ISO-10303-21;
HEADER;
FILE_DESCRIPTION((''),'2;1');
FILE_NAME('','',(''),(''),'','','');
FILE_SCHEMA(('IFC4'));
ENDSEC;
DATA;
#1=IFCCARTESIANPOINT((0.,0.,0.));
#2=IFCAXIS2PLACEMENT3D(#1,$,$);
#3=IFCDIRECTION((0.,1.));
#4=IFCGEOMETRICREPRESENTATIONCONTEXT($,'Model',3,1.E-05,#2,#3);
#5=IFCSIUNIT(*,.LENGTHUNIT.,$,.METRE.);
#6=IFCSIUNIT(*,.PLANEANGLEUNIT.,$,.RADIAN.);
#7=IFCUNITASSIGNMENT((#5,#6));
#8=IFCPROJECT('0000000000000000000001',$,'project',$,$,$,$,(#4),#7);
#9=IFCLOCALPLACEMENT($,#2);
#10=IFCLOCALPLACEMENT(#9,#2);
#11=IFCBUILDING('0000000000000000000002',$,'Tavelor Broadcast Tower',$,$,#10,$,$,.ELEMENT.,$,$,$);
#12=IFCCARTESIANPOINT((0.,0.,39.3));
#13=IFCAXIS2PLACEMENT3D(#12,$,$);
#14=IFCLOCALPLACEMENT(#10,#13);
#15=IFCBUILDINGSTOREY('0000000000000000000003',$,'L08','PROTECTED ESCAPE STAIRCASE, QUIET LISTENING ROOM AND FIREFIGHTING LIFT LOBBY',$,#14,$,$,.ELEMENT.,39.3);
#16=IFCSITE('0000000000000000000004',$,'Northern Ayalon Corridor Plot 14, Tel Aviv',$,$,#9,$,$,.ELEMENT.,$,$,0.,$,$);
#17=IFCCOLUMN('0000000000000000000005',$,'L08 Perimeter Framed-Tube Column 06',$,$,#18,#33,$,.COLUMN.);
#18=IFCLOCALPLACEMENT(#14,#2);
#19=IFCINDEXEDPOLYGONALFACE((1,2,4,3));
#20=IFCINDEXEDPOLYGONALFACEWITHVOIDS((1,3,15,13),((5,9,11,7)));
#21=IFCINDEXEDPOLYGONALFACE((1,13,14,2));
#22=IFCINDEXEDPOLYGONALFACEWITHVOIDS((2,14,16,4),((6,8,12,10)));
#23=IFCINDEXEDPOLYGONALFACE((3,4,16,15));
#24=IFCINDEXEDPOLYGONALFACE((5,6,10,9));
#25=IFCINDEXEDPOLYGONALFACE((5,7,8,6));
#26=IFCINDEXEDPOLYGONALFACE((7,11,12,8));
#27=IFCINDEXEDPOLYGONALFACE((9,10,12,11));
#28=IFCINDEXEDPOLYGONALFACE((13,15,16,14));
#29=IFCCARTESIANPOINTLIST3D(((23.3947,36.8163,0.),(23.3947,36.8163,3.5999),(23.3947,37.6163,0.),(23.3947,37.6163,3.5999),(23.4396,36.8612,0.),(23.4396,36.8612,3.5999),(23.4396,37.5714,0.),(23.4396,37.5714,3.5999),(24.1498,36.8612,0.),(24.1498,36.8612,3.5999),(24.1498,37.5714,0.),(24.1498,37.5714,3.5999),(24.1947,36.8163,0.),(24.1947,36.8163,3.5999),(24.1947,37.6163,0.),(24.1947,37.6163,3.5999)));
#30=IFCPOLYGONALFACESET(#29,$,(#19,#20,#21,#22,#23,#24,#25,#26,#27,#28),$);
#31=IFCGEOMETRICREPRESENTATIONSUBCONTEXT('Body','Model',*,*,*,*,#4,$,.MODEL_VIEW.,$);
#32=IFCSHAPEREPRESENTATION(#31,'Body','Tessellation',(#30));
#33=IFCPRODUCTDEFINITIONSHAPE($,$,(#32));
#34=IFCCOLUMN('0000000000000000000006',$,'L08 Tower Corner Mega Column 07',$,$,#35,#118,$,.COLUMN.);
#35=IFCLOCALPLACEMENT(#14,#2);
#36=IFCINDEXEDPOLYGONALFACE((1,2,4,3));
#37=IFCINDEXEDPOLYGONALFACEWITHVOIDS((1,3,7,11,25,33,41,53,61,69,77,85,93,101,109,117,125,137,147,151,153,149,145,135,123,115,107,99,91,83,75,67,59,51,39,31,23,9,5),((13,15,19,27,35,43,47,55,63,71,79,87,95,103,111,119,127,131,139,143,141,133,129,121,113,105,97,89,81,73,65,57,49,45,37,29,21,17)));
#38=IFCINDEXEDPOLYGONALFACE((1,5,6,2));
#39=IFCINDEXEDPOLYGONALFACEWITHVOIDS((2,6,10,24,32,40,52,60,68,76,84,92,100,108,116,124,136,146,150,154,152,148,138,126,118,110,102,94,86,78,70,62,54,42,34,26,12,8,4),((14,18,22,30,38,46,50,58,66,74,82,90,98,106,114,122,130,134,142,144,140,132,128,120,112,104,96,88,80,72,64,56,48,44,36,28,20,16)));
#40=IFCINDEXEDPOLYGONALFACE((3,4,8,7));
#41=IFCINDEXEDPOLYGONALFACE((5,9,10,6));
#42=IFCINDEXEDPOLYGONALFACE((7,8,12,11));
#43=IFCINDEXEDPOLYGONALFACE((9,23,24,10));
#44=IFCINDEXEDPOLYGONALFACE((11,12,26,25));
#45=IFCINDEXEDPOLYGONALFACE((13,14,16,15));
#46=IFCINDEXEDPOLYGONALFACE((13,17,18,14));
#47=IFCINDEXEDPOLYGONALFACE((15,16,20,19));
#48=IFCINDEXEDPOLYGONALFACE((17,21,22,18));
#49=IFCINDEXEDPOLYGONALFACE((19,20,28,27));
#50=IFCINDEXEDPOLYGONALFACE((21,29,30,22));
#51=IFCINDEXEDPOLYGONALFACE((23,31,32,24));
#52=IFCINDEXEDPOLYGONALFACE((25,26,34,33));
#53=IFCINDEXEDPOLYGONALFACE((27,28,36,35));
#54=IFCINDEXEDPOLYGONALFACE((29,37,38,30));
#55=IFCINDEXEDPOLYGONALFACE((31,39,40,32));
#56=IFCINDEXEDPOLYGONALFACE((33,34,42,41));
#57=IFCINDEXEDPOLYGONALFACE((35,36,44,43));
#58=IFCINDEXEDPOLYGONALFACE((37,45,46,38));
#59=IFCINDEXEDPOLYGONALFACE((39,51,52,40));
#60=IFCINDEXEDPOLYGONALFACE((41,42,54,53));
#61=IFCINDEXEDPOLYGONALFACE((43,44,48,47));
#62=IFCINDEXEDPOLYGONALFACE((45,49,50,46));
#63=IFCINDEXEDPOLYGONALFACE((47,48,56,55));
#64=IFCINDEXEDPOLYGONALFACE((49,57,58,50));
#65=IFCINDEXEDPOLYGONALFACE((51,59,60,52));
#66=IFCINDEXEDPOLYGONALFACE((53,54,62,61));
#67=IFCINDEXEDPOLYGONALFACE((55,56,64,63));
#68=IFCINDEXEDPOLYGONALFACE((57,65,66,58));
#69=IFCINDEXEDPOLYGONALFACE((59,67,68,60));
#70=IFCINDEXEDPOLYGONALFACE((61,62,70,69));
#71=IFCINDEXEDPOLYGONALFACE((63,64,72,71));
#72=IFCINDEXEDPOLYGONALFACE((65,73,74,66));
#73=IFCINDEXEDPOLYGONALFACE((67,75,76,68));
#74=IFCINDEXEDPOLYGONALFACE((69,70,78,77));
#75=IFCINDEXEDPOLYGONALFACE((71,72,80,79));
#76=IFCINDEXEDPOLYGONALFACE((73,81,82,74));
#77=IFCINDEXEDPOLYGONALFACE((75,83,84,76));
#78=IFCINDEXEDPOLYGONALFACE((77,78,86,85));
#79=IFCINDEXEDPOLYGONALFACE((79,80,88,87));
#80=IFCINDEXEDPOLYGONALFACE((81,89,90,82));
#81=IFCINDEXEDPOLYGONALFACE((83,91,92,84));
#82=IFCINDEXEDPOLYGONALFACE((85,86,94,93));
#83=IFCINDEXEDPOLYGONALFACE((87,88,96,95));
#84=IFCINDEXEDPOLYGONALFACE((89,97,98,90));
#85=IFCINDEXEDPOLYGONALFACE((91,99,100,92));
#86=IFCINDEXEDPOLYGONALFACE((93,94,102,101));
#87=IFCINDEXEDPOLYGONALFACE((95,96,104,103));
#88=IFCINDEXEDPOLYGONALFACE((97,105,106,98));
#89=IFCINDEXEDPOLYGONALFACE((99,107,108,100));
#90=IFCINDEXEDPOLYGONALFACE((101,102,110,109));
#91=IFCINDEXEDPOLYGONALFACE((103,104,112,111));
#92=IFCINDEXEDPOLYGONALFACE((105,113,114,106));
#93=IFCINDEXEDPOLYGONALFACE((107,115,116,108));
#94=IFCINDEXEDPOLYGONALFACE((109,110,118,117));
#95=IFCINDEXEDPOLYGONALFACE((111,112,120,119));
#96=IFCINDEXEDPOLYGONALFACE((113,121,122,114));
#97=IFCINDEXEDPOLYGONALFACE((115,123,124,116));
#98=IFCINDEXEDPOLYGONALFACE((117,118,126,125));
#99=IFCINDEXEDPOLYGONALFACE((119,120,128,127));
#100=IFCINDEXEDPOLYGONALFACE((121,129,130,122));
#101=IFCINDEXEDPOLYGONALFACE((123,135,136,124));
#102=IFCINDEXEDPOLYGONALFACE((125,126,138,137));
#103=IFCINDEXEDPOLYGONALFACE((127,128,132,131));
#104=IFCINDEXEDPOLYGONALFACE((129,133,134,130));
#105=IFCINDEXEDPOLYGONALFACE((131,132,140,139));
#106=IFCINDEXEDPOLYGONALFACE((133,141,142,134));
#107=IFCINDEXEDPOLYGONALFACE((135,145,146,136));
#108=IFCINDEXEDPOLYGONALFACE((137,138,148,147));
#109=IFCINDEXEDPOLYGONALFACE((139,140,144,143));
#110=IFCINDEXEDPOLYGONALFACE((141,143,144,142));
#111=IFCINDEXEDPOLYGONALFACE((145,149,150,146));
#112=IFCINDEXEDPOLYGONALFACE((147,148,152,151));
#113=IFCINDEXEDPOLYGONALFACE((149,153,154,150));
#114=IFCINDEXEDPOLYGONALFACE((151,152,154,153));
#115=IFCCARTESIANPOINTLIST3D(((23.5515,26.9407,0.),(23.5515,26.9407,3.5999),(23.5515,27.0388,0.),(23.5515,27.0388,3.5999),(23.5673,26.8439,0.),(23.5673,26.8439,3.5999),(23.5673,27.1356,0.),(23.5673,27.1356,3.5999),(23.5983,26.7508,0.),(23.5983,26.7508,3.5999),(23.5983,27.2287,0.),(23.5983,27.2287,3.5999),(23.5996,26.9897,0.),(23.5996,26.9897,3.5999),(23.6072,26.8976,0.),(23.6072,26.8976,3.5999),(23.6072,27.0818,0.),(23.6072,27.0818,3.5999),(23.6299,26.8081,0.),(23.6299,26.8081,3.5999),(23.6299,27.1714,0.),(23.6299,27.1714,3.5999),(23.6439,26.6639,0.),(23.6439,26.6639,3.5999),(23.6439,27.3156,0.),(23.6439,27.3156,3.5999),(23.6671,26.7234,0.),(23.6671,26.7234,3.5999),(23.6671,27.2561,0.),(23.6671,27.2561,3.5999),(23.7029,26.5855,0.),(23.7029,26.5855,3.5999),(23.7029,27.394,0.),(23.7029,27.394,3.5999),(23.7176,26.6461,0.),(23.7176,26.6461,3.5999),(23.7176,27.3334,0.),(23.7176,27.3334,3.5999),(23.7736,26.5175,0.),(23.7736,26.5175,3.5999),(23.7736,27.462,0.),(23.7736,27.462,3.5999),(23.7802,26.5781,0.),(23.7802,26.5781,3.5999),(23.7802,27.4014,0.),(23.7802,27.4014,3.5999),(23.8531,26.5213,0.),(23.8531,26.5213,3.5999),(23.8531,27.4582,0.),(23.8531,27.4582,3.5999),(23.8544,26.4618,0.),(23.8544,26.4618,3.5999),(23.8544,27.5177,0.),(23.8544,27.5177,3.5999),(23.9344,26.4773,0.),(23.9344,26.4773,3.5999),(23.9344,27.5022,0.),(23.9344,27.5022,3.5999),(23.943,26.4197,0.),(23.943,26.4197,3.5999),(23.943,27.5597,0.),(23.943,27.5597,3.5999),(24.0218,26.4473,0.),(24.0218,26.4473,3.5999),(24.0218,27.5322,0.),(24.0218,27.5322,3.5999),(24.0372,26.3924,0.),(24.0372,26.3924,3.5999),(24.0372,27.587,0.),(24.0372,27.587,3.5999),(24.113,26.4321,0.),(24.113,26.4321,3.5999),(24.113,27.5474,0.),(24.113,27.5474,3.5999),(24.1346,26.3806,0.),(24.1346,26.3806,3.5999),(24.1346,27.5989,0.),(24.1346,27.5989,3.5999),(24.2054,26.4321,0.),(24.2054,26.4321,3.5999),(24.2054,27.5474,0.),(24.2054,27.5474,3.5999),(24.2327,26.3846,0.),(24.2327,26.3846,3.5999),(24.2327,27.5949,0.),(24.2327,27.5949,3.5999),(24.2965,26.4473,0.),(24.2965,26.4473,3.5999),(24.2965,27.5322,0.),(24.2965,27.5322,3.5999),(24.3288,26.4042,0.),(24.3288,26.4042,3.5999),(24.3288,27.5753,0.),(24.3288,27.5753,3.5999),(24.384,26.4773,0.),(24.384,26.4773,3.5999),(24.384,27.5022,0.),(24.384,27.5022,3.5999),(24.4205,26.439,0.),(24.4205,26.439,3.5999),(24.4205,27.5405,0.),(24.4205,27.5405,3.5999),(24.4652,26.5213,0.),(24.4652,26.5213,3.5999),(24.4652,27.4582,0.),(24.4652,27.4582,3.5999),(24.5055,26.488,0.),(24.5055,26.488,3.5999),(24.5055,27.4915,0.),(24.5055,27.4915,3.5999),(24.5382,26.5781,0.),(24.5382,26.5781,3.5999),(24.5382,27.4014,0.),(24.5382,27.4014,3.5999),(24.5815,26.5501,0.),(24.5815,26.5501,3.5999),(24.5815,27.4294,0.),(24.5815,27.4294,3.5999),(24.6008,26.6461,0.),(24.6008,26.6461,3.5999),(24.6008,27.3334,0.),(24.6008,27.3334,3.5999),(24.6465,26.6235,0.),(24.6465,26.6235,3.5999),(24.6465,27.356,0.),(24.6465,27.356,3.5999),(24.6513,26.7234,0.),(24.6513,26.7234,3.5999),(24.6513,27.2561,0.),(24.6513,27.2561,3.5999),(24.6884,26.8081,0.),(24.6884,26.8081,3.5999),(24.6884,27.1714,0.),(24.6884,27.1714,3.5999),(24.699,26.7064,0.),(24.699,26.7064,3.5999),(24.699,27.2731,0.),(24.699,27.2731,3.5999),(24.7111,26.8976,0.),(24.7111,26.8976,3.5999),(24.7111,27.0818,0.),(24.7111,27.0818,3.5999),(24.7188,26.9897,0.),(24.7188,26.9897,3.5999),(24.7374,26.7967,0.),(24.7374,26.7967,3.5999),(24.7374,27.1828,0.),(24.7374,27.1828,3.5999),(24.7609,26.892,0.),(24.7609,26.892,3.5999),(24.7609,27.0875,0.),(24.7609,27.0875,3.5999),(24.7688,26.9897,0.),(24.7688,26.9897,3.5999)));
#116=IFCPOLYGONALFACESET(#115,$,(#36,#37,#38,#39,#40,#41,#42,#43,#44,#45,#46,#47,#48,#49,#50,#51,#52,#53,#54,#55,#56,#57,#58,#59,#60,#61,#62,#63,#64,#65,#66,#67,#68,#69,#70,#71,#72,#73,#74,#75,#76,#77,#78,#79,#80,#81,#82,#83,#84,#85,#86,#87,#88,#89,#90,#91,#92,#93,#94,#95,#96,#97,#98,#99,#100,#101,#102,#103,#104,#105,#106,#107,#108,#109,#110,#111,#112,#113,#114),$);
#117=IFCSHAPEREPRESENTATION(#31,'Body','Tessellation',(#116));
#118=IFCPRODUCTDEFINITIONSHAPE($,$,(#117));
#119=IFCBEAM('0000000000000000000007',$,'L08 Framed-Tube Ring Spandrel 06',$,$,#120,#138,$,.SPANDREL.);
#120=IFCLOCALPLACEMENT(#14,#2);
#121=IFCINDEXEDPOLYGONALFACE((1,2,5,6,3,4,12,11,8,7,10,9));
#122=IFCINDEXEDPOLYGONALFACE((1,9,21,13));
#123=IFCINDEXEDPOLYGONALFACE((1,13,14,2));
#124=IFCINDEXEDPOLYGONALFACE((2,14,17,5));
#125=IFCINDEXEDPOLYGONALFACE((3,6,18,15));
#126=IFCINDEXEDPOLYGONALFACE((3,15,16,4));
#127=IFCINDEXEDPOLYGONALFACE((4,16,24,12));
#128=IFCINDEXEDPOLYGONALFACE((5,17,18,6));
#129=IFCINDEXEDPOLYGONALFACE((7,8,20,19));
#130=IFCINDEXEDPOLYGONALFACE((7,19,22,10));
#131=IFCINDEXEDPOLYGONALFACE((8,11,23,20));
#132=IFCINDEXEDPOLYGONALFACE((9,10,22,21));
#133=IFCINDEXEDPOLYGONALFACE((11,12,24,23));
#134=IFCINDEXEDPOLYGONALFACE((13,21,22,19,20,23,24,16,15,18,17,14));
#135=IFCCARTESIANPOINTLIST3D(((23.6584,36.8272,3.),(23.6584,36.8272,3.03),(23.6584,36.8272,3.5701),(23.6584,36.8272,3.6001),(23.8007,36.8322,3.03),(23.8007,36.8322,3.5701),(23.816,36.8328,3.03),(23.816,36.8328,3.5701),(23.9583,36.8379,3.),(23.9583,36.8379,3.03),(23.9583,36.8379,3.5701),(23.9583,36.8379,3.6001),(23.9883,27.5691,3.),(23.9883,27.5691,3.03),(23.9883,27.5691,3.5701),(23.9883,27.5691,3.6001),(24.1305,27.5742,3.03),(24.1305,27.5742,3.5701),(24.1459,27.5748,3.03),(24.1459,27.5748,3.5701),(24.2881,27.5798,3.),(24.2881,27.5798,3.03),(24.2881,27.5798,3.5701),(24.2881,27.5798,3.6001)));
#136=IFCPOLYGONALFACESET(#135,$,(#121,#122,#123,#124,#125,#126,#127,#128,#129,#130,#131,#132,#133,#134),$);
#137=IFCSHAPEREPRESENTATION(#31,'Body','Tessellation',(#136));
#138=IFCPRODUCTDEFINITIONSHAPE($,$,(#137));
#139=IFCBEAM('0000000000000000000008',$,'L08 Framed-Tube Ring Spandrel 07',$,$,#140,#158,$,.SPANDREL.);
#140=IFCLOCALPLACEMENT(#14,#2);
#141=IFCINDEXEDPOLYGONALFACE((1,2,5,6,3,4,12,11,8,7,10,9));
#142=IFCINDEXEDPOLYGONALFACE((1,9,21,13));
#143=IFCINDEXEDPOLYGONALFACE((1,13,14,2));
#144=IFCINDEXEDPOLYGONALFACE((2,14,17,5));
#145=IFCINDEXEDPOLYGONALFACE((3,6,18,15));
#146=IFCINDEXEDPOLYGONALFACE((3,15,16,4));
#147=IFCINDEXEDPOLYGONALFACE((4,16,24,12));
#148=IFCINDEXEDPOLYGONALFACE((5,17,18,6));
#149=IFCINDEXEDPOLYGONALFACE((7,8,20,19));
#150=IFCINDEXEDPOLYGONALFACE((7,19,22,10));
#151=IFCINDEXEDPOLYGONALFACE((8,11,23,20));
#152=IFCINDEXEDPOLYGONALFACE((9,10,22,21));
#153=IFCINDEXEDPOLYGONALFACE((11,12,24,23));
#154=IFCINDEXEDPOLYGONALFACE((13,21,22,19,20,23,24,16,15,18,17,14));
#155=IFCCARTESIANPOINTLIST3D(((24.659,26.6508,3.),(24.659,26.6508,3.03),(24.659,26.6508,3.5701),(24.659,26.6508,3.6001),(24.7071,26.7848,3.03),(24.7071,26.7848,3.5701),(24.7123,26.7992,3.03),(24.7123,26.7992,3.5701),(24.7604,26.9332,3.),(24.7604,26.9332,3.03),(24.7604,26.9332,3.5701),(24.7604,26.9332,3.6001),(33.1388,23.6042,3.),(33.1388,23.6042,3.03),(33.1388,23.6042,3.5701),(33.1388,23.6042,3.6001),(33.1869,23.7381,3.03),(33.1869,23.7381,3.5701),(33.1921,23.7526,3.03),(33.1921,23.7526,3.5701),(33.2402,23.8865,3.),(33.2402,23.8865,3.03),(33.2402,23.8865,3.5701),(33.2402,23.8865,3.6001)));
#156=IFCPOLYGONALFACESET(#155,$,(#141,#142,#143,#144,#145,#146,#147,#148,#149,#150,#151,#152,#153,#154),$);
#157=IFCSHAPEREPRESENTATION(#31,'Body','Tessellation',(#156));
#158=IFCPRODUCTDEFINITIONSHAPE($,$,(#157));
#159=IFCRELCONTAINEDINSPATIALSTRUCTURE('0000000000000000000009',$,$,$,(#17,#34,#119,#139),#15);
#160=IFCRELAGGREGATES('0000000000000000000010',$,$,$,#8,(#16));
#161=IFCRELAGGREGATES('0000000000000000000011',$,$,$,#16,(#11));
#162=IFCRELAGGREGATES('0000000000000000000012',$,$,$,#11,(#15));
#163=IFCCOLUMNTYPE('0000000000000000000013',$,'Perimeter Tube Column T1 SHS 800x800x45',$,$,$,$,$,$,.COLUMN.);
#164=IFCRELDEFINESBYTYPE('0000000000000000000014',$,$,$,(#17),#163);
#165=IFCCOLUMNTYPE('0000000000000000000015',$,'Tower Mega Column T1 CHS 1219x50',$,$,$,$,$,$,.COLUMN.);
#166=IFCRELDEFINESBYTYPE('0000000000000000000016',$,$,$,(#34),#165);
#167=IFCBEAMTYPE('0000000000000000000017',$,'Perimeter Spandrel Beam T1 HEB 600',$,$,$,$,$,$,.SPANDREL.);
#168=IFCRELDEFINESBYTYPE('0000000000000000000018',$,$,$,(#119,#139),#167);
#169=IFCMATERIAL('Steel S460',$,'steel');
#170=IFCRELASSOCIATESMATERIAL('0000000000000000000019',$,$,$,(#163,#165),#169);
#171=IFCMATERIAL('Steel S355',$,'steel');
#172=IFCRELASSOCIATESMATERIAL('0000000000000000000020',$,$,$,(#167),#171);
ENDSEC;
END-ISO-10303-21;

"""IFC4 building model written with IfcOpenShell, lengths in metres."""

from ifc_helpers import new_model, si_unit, direction, frame, origin, origin_2d, place, context, subcontext, project, spatial, hollow_rectangle, hollow_circle, i_section, extrude, material, material_profile, profile_set, type_object, element, save


model = new_model("IFC4")

# Units and contexts
model_context = context("Model", 3, precision=1e-05, world=origin(), true_north=direction((0.0, 1.0)))
body_context = subcontext(model_context, "Body", "Model", "MODEL_VIEW")
ifc_project = project(units=[si_unit("LENGTHUNIT", "METRE"), si_unit("PLANEANGLEUNIT", "RADIAN")], contexts=[model_context])

# Site, building, storey
site_placement = place(None, origin())
site = spatial("IfcSite", under=ifc_project, at=site_placement, Name="Northern Ayalon Corridor Plot 14, Tel Aviv", CompositionType="ELEMENT", RefElevation=0.0)
building_placement = place(site_placement, origin())
building = spatial("IfcBuilding", under=site, at=building_placement, Name="Tavelor Broadcast Tower", CompositionType="ELEMENT")
storey_placement = place(building_placement, frame((0.0, 0.0, 39.3)))
storey = spatial("IfcBuildingStorey", under=building, at=storey_placement, Name="L08", Description="PROTECTED ESCAPE STAIRCASE, QUIET LISTENING ROOM AND FIREFIGHTING LIFT LOBBY", CompositionType="ELEMENT", Elevation=39.3)

# Columns
ifc_material_1 = material(Name="Steel S460", Category="steel")
ifc_material_profile_1 = material_profile(ifc_material_1, hollow_rectangle(XDim=0.8, YDim=0.8, WallThickness=0.0449, at=origin_2d()), Name="SHS 800x800x45")
ifc_profile_set_1 = profile_set([ifc_material_profile_1], Name="Steel S460")
column_type_1 = type_object("IfcColumnType", Name="Perimeter Tube Column T1 SHS 800x800x45", PredefinedType="COLUMN", material=ifc_profile_set_1)
column_1_placement = place(storey_placement, frame((23.7947, 37.2163, 0.0), z_axis=(0.0, 0.0, 1.0), x_axis=(1.0, 0.0, 0.0)))
element("IfcColumn", 1, at=column_1_placement, inside=storey, type_object=column_type_1, Name="L08 Perimeter Framed-Tube Column 06", PredefinedType="COLUMN", context=body_context, shape_type="SweptSolid", body=[
    extrude(hollow_rectangle(XDim=0.8, YDim=0.8, WallThickness=0.0449, at=origin_2d()), origin(), (0.0, 0.0, 1.0), 3.5999),
])
ifc_material_profile_2 = material_profile(ifc_material_1, hollow_circle(Radius=0.6096, WallThickness=0.05, at=origin_2d()), Name="CHS 1219x50")
ifc_profile_set_2 = profile_set([ifc_material_profile_2], Name="Steel S460")
column_type_2 = type_object("IfcColumnType", Name="Tower Mega Column T1 CHS 1219x50", PredefinedType="COLUMN", material=ifc_profile_set_2)
column_2_placement = place(storey_placement, frame((24.1592, 26.9897, 0.0), z_axis=(0.0, 0.0, 1.0), x_axis=(1.0, 0.0, 0.0)))
element("IfcColumn", 2, at=column_2_placement, inside=storey, type_object=column_type_2, Name="L08 Tower Corner Mega Column 07", PredefinedType="COLUMN", context=body_context, shape_type="SweptSolid", body=[
    extrude(hollow_circle(Radius=0.6096, WallThickness=0.05, at=origin_2d()), origin(), (0.0, 0.0, 1.0), 3.5999),
])

# Beams
ifc_material_2 = material(Name="Steel S355", Category="steel")
ifc_material_profile_3 = material_profile(ifc_material_2, i_section(OverallWidth=0.3, OverallDepth=0.6001, WebThickness=0.0154, FlangeThickness=0.03, at=origin_2d()), Name="HEB 600")
ifc_profile_set_3 = profile_set([ifc_material_profile_3], Name="Steel S355")
beam_type = type_object("IfcBeamType", Name="Perimeter Spandrel Beam T1 HEB 600", PredefinedType="SPANDREL", material=ifc_profile_set_3)
beam_1_placement = place(storey_placement, frame((23.8083, 36.8325, 3.3), z_axis=(0.035604, -0.999366, 0.0), x_axis=(0.999366, 0.035604, 0.0)))
element("IfcBeam", 3, at=beam_1_placement, inside=storey, type_object=beam_type, Name="L08 Framed-Tube Ring Spandrel 06", PredefinedType="SPANDREL", context=body_context, shape_type="SweptSolid", body=[
    extrude(i_section(OverallWidth=0.3, OverallDepth=0.6001, WebThickness=0.0154, FlangeThickness=0.03, at=origin_2d()), origin(), (0.0, 0.0, 1.0), 9.2639),
])
beam_2_placement = place(storey_placement, frame((24.7097, 26.792, 3.3), z_axis=(0.941102, -0.338123, 0.0), x_axis=(0.338123, 0.941102, 0.0)))
element("IfcBeam", 4, at=beam_2_placement, inside=storey, type_object=beam_type, Name="L08 Framed-Tube Ring Spandrel 07", PredefinedType="SPANDREL", context=body_context, shape_type="SweptSolid", body=[
    extrude(i_section(OverallWidth=0.3, OverallDepth=0.6001, WebThickness=0.0154, FlangeThickness=0.03, at=origin_2d()), origin(), (0.0, 0.0, 1.0), 9.0105),
])

save(model, "model.ifc")
